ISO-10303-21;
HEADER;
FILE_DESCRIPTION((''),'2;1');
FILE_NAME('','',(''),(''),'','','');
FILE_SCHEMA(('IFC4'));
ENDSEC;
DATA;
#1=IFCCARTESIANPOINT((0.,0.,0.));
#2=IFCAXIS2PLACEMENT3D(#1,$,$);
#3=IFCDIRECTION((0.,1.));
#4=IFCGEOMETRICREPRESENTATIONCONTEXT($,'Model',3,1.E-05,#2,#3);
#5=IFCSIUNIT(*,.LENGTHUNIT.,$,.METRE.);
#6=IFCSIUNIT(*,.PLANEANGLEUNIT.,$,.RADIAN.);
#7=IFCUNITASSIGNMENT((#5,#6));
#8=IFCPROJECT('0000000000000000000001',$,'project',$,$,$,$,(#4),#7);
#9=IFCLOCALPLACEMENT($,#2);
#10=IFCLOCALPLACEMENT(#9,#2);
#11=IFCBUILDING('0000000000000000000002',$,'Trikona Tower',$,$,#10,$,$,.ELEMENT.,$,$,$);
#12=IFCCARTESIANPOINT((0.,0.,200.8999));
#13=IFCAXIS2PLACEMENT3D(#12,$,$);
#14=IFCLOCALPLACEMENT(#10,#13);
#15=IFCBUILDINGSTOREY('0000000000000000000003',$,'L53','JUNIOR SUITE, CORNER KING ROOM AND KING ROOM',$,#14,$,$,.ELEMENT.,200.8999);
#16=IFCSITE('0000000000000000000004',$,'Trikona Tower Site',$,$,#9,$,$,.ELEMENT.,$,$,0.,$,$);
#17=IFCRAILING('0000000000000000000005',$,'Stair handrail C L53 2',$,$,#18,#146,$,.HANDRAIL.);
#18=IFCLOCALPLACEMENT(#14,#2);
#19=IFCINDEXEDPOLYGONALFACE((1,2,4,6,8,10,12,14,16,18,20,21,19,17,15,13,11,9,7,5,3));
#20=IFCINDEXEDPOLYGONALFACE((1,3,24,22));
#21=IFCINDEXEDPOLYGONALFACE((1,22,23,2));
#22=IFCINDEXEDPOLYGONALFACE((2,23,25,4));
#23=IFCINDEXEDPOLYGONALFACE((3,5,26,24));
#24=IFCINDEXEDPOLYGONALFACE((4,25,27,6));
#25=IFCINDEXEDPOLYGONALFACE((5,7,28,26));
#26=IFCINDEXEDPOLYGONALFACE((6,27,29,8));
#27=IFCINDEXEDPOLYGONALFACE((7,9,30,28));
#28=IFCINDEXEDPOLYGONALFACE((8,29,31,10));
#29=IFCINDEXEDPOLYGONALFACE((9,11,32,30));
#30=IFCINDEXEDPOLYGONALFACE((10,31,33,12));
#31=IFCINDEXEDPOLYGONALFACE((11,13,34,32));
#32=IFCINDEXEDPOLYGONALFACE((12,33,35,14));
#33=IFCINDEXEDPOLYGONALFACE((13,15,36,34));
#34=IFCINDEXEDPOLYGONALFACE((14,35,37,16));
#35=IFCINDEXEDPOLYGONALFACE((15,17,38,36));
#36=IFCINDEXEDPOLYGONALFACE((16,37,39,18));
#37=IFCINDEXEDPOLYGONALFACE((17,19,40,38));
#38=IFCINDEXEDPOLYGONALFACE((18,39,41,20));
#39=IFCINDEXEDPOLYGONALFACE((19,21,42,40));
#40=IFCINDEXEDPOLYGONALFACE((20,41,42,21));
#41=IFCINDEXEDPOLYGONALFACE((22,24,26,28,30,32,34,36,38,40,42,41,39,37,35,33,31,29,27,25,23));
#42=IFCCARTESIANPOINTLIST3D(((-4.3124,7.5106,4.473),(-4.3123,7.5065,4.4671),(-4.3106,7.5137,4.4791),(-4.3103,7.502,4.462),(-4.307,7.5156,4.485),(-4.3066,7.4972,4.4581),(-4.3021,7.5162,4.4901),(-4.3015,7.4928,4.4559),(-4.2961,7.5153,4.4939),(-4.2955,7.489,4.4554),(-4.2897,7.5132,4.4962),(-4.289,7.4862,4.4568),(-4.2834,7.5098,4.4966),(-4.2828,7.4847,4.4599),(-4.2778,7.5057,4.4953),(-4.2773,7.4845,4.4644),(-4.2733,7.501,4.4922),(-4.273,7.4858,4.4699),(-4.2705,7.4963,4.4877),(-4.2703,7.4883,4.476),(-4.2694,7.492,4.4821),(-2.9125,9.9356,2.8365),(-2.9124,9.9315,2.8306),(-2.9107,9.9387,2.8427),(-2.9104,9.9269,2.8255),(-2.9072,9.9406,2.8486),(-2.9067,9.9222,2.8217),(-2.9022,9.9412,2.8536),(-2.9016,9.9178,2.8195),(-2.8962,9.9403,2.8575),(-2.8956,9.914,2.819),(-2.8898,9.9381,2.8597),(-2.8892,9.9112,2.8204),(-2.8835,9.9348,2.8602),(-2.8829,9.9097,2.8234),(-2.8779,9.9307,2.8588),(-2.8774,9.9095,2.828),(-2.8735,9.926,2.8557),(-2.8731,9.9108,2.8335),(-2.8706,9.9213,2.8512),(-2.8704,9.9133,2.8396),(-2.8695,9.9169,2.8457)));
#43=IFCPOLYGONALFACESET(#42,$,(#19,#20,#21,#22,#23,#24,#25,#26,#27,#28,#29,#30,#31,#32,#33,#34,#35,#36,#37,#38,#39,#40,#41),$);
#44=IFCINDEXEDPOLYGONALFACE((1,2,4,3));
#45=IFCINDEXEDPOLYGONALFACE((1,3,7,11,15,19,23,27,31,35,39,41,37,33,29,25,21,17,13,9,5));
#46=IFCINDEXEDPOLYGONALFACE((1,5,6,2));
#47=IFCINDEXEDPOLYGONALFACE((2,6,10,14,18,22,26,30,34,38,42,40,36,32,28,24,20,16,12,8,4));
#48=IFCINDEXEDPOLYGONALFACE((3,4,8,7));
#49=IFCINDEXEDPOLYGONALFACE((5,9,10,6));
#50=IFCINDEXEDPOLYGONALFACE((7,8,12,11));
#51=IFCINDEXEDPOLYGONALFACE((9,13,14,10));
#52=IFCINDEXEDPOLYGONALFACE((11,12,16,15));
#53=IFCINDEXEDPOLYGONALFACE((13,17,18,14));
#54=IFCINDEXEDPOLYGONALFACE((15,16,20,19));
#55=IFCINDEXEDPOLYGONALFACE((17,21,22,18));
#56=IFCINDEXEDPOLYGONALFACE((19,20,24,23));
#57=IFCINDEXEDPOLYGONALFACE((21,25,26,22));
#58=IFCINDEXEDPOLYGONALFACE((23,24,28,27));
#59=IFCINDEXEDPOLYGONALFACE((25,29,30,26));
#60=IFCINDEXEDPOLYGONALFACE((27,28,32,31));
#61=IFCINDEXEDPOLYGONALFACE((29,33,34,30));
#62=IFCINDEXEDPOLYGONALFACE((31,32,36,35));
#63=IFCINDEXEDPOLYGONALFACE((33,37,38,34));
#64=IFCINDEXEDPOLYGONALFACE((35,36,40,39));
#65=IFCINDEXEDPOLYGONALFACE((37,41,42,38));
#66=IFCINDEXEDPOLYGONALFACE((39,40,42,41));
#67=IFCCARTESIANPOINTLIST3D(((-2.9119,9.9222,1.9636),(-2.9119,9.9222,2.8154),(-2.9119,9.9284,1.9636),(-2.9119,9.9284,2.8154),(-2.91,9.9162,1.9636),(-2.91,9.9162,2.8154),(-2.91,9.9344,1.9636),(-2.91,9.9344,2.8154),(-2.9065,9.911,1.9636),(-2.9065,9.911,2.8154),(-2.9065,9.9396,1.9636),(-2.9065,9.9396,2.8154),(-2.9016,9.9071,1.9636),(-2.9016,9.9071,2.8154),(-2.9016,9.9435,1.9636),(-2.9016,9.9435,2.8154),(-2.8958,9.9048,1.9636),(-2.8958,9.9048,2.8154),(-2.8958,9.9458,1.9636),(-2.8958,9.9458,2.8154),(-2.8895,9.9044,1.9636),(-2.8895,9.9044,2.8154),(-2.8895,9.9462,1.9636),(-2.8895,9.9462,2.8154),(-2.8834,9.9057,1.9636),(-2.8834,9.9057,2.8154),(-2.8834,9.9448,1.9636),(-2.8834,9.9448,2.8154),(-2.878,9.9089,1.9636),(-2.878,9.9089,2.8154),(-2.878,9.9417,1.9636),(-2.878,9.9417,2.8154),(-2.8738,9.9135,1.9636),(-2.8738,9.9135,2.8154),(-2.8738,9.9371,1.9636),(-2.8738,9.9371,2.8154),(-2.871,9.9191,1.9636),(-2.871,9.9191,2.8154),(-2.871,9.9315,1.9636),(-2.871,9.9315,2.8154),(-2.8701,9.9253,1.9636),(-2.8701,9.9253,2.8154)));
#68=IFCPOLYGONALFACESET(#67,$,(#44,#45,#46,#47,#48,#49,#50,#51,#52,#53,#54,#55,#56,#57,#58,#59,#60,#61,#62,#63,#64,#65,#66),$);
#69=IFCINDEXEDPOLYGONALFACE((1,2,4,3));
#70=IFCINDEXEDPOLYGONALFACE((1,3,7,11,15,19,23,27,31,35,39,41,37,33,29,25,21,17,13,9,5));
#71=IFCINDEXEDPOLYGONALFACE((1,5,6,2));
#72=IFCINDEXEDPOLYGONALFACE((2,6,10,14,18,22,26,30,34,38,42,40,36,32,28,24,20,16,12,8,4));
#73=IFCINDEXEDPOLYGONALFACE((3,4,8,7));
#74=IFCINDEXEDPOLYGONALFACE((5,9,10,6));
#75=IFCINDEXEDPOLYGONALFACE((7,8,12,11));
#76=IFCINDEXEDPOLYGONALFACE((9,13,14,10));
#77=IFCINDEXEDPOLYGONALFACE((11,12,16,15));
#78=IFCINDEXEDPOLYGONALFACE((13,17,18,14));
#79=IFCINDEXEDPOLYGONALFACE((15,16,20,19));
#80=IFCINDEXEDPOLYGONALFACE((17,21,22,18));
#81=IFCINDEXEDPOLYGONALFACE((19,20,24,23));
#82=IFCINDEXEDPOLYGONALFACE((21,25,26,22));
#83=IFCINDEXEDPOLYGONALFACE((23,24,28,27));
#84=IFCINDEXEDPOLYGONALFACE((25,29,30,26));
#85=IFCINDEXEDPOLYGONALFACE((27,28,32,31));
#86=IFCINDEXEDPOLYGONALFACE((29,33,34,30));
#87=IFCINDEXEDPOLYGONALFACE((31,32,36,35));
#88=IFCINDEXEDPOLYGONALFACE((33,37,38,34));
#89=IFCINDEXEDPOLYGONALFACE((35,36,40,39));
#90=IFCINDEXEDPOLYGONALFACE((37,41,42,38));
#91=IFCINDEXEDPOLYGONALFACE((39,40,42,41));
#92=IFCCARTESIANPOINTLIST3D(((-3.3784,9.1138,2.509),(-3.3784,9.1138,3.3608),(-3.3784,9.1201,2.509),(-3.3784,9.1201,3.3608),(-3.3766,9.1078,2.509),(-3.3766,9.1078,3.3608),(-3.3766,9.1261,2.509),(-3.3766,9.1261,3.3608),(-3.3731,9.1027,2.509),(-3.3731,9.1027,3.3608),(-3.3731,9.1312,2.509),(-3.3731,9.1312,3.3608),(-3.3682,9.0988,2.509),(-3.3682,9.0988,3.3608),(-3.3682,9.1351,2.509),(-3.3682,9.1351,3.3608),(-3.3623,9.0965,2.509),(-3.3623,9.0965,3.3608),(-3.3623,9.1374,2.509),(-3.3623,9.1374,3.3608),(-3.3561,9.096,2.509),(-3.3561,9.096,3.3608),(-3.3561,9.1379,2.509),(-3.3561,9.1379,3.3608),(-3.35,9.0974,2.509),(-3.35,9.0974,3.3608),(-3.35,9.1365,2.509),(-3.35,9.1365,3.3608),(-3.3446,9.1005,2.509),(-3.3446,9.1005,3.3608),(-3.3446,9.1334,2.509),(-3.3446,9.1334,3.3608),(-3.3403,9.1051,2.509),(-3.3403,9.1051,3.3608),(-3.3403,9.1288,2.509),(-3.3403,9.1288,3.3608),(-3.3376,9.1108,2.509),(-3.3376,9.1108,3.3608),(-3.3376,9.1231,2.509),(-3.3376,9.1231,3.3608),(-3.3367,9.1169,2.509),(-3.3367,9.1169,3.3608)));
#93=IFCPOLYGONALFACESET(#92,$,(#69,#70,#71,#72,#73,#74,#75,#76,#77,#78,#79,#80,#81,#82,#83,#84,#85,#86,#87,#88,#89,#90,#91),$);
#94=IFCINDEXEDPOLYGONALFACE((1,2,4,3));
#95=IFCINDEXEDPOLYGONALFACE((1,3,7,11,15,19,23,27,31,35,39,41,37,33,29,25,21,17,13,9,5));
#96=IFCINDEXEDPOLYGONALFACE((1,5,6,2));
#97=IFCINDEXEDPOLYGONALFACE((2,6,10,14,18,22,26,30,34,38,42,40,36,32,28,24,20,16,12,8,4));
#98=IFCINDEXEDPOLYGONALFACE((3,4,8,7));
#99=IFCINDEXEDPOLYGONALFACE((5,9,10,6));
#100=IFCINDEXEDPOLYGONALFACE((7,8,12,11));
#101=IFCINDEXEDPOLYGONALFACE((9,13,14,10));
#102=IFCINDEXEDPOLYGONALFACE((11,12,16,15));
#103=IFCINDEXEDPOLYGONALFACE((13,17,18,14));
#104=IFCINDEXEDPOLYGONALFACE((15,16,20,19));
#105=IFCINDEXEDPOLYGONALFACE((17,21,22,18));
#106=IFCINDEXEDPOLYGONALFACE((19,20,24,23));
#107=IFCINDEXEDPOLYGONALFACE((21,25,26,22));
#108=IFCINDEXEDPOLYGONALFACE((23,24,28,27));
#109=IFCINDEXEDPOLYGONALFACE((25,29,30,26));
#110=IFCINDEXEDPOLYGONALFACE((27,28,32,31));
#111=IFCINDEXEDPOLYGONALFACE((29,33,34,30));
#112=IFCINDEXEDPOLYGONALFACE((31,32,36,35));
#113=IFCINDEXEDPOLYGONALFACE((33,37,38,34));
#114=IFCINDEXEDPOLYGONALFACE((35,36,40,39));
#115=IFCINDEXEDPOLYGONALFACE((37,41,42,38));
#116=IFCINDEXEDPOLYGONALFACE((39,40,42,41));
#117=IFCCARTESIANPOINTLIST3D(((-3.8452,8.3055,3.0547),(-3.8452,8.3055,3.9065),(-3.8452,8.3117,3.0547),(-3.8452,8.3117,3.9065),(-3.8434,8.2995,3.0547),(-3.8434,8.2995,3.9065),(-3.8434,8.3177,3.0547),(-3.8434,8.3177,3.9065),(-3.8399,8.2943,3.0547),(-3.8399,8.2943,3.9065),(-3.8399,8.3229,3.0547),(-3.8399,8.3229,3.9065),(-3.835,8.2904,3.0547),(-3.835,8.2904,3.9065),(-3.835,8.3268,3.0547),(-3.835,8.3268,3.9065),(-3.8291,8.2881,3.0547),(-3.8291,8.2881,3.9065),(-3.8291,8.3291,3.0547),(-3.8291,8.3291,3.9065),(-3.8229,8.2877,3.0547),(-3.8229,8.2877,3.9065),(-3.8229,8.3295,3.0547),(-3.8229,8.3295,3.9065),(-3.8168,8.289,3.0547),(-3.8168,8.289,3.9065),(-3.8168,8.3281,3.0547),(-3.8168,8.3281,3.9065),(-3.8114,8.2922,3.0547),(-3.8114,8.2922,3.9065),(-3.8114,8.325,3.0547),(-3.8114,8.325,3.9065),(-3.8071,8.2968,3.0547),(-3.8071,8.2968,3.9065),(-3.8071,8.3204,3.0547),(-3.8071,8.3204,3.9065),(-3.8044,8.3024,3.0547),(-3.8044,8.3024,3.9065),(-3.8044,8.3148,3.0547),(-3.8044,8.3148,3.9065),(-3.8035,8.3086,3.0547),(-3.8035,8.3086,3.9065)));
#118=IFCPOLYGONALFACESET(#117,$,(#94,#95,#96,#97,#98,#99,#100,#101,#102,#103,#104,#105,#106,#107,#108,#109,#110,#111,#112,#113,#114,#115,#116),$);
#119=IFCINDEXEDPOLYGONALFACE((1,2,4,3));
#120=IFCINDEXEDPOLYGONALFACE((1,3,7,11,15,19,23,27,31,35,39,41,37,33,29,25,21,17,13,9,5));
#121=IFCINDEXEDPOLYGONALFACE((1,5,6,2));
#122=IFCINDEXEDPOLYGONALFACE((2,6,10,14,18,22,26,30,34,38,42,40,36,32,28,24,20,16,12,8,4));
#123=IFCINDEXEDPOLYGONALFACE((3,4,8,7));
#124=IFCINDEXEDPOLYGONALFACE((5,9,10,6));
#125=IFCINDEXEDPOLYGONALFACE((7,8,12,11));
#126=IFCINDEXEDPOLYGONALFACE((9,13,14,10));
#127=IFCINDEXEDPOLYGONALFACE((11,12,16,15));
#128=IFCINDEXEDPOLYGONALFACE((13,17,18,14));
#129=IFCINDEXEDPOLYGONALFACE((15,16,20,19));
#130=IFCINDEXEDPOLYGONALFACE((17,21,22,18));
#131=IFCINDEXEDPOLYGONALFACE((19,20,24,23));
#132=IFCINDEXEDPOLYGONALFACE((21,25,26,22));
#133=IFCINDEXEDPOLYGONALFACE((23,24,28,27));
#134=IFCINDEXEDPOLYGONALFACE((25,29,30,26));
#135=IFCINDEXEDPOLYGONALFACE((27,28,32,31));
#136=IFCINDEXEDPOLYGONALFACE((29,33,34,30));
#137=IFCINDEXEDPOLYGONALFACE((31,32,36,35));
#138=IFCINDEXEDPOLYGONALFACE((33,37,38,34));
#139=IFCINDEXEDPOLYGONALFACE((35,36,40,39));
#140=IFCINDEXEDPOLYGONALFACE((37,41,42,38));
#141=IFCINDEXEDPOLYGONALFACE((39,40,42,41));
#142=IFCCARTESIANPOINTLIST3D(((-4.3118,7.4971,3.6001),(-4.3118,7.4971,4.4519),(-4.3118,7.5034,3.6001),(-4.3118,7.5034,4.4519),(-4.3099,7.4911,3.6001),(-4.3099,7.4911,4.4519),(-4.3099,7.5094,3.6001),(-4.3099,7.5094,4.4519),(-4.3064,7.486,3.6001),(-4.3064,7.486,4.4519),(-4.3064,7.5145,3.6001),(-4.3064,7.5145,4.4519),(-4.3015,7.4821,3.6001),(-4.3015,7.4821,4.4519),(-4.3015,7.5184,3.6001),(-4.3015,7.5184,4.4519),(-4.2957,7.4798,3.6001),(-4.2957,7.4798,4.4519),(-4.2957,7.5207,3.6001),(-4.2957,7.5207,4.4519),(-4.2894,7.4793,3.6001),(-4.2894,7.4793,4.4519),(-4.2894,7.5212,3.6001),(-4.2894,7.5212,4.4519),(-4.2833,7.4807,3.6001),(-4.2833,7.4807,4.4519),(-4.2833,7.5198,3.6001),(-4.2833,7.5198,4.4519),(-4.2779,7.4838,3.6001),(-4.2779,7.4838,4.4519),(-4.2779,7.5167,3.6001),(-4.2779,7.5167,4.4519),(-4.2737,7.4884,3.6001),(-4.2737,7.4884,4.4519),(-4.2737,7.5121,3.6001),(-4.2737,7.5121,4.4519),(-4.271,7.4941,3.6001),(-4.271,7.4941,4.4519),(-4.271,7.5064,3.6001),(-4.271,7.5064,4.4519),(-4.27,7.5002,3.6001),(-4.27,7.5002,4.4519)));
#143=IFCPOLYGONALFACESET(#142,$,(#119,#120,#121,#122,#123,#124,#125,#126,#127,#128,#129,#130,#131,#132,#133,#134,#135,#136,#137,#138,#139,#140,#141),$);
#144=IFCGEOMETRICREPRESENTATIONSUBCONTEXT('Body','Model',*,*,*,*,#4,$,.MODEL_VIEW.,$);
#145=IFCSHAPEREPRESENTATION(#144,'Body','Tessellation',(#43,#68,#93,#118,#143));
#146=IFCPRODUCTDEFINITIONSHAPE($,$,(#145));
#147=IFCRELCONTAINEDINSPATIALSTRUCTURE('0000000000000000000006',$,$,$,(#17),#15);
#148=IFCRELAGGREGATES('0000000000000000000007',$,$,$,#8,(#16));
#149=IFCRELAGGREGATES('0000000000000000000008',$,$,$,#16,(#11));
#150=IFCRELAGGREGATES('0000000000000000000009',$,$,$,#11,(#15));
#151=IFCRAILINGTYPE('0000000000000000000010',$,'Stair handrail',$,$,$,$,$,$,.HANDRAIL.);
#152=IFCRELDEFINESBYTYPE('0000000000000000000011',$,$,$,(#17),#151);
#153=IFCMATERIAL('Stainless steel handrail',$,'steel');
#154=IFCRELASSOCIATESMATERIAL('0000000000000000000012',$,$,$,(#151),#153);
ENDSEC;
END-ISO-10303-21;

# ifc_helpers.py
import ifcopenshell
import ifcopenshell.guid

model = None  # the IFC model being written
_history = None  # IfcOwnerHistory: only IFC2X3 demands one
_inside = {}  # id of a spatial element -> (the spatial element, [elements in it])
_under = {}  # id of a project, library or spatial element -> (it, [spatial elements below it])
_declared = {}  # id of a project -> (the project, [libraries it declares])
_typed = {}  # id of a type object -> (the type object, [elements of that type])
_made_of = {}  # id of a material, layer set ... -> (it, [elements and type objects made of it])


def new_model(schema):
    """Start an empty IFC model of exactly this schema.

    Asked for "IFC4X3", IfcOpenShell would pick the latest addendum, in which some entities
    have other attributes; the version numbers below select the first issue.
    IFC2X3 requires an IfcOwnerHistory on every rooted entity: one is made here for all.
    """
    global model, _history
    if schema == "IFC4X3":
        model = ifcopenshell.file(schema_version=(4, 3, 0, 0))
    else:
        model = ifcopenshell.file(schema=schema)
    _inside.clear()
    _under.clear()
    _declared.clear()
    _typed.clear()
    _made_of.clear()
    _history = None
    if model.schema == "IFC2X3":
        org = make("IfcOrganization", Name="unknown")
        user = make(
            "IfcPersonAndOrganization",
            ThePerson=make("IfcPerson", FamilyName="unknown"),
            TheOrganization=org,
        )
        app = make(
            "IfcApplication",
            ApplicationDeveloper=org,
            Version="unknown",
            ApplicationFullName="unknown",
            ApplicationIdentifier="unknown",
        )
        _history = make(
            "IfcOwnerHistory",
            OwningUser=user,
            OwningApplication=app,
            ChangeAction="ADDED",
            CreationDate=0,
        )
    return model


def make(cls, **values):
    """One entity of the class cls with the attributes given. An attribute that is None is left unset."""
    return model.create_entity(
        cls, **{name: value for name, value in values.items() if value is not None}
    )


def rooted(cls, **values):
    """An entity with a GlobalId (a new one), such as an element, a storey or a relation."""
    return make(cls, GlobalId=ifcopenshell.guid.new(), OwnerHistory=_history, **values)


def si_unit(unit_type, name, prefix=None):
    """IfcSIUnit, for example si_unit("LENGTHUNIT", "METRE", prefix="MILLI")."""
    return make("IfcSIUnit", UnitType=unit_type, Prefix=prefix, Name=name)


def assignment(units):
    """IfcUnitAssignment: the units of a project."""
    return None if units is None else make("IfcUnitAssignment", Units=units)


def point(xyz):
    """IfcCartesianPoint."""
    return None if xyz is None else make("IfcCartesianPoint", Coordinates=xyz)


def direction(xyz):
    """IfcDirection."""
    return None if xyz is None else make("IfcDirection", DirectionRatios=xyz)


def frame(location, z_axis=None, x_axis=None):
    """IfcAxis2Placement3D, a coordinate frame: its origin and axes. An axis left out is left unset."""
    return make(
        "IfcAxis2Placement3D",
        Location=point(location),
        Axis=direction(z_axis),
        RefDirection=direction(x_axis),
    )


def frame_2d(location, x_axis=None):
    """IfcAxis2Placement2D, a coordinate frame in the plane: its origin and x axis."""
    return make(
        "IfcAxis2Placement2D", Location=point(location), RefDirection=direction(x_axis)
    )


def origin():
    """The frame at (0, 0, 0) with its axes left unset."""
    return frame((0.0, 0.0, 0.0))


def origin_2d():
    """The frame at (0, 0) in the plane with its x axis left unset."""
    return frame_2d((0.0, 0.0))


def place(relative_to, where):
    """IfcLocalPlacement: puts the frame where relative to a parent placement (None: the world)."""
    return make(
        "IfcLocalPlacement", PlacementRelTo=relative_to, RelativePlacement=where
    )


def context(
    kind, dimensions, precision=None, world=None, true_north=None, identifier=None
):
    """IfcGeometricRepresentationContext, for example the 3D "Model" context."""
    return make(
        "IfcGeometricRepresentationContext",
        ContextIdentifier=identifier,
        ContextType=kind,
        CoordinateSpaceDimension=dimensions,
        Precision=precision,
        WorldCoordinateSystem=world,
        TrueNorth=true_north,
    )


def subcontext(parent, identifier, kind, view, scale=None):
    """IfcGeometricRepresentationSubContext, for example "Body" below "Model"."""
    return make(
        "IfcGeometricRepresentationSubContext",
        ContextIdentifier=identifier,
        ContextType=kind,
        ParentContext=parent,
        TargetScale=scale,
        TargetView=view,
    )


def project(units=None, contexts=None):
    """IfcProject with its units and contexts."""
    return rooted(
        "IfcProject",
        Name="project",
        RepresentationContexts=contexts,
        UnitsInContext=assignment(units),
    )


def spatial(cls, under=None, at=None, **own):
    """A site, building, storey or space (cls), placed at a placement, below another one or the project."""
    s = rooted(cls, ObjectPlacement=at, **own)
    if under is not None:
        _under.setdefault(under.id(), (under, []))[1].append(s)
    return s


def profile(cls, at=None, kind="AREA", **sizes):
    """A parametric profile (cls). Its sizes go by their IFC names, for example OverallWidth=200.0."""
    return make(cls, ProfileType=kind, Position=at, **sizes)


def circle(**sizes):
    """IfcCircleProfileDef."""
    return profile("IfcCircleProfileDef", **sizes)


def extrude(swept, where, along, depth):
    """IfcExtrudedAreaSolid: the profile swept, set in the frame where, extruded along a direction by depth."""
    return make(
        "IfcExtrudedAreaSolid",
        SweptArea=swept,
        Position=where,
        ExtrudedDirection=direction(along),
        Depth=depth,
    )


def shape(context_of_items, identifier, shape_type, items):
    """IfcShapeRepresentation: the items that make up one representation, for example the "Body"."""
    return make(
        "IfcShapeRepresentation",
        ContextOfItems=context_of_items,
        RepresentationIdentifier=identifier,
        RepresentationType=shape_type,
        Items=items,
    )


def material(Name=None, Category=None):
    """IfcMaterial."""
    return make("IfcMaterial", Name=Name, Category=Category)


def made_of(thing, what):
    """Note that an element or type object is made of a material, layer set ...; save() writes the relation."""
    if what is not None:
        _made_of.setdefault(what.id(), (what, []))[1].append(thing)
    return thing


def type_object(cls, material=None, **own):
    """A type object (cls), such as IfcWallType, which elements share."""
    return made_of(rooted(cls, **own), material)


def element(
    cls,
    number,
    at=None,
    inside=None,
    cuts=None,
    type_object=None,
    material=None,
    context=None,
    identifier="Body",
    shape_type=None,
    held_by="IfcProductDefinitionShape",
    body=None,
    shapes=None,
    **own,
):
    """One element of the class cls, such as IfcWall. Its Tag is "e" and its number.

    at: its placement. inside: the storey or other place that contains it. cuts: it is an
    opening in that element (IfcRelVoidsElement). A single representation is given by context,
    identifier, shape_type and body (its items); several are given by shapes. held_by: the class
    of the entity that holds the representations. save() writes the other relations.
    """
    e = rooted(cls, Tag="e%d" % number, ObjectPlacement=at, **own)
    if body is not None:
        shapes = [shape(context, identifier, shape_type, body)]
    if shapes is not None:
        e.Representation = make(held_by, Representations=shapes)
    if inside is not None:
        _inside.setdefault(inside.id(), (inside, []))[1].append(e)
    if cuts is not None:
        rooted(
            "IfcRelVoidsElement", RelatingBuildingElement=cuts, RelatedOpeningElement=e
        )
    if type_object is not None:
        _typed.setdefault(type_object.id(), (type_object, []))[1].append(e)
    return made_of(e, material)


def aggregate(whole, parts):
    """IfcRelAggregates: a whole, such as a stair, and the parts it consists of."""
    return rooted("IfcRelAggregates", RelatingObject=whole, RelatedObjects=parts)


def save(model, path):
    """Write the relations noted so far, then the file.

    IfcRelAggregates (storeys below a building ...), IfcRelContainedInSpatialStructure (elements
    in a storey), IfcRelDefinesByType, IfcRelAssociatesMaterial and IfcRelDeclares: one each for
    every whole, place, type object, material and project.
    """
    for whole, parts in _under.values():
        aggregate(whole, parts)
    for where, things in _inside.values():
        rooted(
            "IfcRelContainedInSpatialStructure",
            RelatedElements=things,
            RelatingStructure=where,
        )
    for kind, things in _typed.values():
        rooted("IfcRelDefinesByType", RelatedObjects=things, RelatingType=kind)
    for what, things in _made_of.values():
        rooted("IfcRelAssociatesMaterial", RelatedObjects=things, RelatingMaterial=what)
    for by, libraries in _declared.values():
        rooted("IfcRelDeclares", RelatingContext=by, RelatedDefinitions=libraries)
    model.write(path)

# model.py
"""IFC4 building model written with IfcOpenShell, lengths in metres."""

from ifc_helpers import new_model, si_unit, direction, frame, origin, origin_2d, place, context, subcontext, project, spatial, circle, extrude, material, type_object, element, save


model = new_model("IFC4")

# Units and contexts
model_context = context("Model", 3, precision=1e-05, world=origin(), true_north=direction((0.0, 1.0)))
body_context = subcontext(model_context, "Body", "Model", "MODEL_VIEW")
ifc_project = project(units=[si_unit("LENGTHUNIT", "METRE"), si_unit("PLANEANGLEUNIT", "RADIAN")], contexts=[model_context])

# Site, building, storey
site_placement = place(None, origin())
site = spatial("IfcSite", under=ifc_project, at=site_placement, Name="Trikona Tower Site", CompositionType="ELEMENT", RefElevation=0.0)
building_placement = place(site_placement, origin())
building = spatial("IfcBuilding", under=site, at=building_placement, Name="Trikona Tower", CompositionType="ELEMENT")
storey_placement = place(building_placement, frame((0.0, 0.0, 200.8999)))
storey = spatial("IfcBuildingStorey", under=building, at=storey_placement, Name="L53", Description="JUNIOR SUITE, CORNER KING ROOM AND KING ROOM", CompositionType="ELEMENT", Elevation=200.8999)

# Railing
ifc_material_1 = material(Name="Stainless steel handrail", Category="steel")
railing_type = type_object("IfcRailingType", Name="Stair handrail", PredefinedType="HANDRAIL", material=ifc_material_1)
railing_1_placement = place(storey_placement, frame((-2.8911, 9.9253, 1.9636)))
element("IfcRailing", 1, at=railing_1_placement, inside=storey, type_object=railing_type, Name="Stair handrail C L53 2", PredefinedType="HANDRAIL", context=body_context, shape_type="SweptSolid", body=[
    extrude(circle(Radius=0.0239, at=origin_2d()), frame((0.0, 0.0, 0.876), z_axis=(-0.431636, -0.747723, 0.504579), x_axis=(0.866056, -0.499946, 0.0)), (0.0, 0.0, 1.0), 3.2432),
    extrude(circle(Radius=0.021, at=origin_2d()), origin(), (0.0, 0.0, 1.0), 0.8518),
    extrude(circle(Radius=0.021, at=origin_2d()), frame((-0.4666, -0.8083, 0.5454)), (0.0, 0.0, 1.0), 0.8518),
    extrude(circle(Radius=0.021, at=origin_2d()), frame((-0.9333, -1.6167, 1.0911)), (0.0, 0.0, 1.0), 0.8518),
    extrude(circle(Radius=0.021, at=origin_2d()), frame((-1.3999, -2.425, 1.6365)), (0.0, 0.0, 1.0), 0.8518),
])

save(model, "model.ifc")
